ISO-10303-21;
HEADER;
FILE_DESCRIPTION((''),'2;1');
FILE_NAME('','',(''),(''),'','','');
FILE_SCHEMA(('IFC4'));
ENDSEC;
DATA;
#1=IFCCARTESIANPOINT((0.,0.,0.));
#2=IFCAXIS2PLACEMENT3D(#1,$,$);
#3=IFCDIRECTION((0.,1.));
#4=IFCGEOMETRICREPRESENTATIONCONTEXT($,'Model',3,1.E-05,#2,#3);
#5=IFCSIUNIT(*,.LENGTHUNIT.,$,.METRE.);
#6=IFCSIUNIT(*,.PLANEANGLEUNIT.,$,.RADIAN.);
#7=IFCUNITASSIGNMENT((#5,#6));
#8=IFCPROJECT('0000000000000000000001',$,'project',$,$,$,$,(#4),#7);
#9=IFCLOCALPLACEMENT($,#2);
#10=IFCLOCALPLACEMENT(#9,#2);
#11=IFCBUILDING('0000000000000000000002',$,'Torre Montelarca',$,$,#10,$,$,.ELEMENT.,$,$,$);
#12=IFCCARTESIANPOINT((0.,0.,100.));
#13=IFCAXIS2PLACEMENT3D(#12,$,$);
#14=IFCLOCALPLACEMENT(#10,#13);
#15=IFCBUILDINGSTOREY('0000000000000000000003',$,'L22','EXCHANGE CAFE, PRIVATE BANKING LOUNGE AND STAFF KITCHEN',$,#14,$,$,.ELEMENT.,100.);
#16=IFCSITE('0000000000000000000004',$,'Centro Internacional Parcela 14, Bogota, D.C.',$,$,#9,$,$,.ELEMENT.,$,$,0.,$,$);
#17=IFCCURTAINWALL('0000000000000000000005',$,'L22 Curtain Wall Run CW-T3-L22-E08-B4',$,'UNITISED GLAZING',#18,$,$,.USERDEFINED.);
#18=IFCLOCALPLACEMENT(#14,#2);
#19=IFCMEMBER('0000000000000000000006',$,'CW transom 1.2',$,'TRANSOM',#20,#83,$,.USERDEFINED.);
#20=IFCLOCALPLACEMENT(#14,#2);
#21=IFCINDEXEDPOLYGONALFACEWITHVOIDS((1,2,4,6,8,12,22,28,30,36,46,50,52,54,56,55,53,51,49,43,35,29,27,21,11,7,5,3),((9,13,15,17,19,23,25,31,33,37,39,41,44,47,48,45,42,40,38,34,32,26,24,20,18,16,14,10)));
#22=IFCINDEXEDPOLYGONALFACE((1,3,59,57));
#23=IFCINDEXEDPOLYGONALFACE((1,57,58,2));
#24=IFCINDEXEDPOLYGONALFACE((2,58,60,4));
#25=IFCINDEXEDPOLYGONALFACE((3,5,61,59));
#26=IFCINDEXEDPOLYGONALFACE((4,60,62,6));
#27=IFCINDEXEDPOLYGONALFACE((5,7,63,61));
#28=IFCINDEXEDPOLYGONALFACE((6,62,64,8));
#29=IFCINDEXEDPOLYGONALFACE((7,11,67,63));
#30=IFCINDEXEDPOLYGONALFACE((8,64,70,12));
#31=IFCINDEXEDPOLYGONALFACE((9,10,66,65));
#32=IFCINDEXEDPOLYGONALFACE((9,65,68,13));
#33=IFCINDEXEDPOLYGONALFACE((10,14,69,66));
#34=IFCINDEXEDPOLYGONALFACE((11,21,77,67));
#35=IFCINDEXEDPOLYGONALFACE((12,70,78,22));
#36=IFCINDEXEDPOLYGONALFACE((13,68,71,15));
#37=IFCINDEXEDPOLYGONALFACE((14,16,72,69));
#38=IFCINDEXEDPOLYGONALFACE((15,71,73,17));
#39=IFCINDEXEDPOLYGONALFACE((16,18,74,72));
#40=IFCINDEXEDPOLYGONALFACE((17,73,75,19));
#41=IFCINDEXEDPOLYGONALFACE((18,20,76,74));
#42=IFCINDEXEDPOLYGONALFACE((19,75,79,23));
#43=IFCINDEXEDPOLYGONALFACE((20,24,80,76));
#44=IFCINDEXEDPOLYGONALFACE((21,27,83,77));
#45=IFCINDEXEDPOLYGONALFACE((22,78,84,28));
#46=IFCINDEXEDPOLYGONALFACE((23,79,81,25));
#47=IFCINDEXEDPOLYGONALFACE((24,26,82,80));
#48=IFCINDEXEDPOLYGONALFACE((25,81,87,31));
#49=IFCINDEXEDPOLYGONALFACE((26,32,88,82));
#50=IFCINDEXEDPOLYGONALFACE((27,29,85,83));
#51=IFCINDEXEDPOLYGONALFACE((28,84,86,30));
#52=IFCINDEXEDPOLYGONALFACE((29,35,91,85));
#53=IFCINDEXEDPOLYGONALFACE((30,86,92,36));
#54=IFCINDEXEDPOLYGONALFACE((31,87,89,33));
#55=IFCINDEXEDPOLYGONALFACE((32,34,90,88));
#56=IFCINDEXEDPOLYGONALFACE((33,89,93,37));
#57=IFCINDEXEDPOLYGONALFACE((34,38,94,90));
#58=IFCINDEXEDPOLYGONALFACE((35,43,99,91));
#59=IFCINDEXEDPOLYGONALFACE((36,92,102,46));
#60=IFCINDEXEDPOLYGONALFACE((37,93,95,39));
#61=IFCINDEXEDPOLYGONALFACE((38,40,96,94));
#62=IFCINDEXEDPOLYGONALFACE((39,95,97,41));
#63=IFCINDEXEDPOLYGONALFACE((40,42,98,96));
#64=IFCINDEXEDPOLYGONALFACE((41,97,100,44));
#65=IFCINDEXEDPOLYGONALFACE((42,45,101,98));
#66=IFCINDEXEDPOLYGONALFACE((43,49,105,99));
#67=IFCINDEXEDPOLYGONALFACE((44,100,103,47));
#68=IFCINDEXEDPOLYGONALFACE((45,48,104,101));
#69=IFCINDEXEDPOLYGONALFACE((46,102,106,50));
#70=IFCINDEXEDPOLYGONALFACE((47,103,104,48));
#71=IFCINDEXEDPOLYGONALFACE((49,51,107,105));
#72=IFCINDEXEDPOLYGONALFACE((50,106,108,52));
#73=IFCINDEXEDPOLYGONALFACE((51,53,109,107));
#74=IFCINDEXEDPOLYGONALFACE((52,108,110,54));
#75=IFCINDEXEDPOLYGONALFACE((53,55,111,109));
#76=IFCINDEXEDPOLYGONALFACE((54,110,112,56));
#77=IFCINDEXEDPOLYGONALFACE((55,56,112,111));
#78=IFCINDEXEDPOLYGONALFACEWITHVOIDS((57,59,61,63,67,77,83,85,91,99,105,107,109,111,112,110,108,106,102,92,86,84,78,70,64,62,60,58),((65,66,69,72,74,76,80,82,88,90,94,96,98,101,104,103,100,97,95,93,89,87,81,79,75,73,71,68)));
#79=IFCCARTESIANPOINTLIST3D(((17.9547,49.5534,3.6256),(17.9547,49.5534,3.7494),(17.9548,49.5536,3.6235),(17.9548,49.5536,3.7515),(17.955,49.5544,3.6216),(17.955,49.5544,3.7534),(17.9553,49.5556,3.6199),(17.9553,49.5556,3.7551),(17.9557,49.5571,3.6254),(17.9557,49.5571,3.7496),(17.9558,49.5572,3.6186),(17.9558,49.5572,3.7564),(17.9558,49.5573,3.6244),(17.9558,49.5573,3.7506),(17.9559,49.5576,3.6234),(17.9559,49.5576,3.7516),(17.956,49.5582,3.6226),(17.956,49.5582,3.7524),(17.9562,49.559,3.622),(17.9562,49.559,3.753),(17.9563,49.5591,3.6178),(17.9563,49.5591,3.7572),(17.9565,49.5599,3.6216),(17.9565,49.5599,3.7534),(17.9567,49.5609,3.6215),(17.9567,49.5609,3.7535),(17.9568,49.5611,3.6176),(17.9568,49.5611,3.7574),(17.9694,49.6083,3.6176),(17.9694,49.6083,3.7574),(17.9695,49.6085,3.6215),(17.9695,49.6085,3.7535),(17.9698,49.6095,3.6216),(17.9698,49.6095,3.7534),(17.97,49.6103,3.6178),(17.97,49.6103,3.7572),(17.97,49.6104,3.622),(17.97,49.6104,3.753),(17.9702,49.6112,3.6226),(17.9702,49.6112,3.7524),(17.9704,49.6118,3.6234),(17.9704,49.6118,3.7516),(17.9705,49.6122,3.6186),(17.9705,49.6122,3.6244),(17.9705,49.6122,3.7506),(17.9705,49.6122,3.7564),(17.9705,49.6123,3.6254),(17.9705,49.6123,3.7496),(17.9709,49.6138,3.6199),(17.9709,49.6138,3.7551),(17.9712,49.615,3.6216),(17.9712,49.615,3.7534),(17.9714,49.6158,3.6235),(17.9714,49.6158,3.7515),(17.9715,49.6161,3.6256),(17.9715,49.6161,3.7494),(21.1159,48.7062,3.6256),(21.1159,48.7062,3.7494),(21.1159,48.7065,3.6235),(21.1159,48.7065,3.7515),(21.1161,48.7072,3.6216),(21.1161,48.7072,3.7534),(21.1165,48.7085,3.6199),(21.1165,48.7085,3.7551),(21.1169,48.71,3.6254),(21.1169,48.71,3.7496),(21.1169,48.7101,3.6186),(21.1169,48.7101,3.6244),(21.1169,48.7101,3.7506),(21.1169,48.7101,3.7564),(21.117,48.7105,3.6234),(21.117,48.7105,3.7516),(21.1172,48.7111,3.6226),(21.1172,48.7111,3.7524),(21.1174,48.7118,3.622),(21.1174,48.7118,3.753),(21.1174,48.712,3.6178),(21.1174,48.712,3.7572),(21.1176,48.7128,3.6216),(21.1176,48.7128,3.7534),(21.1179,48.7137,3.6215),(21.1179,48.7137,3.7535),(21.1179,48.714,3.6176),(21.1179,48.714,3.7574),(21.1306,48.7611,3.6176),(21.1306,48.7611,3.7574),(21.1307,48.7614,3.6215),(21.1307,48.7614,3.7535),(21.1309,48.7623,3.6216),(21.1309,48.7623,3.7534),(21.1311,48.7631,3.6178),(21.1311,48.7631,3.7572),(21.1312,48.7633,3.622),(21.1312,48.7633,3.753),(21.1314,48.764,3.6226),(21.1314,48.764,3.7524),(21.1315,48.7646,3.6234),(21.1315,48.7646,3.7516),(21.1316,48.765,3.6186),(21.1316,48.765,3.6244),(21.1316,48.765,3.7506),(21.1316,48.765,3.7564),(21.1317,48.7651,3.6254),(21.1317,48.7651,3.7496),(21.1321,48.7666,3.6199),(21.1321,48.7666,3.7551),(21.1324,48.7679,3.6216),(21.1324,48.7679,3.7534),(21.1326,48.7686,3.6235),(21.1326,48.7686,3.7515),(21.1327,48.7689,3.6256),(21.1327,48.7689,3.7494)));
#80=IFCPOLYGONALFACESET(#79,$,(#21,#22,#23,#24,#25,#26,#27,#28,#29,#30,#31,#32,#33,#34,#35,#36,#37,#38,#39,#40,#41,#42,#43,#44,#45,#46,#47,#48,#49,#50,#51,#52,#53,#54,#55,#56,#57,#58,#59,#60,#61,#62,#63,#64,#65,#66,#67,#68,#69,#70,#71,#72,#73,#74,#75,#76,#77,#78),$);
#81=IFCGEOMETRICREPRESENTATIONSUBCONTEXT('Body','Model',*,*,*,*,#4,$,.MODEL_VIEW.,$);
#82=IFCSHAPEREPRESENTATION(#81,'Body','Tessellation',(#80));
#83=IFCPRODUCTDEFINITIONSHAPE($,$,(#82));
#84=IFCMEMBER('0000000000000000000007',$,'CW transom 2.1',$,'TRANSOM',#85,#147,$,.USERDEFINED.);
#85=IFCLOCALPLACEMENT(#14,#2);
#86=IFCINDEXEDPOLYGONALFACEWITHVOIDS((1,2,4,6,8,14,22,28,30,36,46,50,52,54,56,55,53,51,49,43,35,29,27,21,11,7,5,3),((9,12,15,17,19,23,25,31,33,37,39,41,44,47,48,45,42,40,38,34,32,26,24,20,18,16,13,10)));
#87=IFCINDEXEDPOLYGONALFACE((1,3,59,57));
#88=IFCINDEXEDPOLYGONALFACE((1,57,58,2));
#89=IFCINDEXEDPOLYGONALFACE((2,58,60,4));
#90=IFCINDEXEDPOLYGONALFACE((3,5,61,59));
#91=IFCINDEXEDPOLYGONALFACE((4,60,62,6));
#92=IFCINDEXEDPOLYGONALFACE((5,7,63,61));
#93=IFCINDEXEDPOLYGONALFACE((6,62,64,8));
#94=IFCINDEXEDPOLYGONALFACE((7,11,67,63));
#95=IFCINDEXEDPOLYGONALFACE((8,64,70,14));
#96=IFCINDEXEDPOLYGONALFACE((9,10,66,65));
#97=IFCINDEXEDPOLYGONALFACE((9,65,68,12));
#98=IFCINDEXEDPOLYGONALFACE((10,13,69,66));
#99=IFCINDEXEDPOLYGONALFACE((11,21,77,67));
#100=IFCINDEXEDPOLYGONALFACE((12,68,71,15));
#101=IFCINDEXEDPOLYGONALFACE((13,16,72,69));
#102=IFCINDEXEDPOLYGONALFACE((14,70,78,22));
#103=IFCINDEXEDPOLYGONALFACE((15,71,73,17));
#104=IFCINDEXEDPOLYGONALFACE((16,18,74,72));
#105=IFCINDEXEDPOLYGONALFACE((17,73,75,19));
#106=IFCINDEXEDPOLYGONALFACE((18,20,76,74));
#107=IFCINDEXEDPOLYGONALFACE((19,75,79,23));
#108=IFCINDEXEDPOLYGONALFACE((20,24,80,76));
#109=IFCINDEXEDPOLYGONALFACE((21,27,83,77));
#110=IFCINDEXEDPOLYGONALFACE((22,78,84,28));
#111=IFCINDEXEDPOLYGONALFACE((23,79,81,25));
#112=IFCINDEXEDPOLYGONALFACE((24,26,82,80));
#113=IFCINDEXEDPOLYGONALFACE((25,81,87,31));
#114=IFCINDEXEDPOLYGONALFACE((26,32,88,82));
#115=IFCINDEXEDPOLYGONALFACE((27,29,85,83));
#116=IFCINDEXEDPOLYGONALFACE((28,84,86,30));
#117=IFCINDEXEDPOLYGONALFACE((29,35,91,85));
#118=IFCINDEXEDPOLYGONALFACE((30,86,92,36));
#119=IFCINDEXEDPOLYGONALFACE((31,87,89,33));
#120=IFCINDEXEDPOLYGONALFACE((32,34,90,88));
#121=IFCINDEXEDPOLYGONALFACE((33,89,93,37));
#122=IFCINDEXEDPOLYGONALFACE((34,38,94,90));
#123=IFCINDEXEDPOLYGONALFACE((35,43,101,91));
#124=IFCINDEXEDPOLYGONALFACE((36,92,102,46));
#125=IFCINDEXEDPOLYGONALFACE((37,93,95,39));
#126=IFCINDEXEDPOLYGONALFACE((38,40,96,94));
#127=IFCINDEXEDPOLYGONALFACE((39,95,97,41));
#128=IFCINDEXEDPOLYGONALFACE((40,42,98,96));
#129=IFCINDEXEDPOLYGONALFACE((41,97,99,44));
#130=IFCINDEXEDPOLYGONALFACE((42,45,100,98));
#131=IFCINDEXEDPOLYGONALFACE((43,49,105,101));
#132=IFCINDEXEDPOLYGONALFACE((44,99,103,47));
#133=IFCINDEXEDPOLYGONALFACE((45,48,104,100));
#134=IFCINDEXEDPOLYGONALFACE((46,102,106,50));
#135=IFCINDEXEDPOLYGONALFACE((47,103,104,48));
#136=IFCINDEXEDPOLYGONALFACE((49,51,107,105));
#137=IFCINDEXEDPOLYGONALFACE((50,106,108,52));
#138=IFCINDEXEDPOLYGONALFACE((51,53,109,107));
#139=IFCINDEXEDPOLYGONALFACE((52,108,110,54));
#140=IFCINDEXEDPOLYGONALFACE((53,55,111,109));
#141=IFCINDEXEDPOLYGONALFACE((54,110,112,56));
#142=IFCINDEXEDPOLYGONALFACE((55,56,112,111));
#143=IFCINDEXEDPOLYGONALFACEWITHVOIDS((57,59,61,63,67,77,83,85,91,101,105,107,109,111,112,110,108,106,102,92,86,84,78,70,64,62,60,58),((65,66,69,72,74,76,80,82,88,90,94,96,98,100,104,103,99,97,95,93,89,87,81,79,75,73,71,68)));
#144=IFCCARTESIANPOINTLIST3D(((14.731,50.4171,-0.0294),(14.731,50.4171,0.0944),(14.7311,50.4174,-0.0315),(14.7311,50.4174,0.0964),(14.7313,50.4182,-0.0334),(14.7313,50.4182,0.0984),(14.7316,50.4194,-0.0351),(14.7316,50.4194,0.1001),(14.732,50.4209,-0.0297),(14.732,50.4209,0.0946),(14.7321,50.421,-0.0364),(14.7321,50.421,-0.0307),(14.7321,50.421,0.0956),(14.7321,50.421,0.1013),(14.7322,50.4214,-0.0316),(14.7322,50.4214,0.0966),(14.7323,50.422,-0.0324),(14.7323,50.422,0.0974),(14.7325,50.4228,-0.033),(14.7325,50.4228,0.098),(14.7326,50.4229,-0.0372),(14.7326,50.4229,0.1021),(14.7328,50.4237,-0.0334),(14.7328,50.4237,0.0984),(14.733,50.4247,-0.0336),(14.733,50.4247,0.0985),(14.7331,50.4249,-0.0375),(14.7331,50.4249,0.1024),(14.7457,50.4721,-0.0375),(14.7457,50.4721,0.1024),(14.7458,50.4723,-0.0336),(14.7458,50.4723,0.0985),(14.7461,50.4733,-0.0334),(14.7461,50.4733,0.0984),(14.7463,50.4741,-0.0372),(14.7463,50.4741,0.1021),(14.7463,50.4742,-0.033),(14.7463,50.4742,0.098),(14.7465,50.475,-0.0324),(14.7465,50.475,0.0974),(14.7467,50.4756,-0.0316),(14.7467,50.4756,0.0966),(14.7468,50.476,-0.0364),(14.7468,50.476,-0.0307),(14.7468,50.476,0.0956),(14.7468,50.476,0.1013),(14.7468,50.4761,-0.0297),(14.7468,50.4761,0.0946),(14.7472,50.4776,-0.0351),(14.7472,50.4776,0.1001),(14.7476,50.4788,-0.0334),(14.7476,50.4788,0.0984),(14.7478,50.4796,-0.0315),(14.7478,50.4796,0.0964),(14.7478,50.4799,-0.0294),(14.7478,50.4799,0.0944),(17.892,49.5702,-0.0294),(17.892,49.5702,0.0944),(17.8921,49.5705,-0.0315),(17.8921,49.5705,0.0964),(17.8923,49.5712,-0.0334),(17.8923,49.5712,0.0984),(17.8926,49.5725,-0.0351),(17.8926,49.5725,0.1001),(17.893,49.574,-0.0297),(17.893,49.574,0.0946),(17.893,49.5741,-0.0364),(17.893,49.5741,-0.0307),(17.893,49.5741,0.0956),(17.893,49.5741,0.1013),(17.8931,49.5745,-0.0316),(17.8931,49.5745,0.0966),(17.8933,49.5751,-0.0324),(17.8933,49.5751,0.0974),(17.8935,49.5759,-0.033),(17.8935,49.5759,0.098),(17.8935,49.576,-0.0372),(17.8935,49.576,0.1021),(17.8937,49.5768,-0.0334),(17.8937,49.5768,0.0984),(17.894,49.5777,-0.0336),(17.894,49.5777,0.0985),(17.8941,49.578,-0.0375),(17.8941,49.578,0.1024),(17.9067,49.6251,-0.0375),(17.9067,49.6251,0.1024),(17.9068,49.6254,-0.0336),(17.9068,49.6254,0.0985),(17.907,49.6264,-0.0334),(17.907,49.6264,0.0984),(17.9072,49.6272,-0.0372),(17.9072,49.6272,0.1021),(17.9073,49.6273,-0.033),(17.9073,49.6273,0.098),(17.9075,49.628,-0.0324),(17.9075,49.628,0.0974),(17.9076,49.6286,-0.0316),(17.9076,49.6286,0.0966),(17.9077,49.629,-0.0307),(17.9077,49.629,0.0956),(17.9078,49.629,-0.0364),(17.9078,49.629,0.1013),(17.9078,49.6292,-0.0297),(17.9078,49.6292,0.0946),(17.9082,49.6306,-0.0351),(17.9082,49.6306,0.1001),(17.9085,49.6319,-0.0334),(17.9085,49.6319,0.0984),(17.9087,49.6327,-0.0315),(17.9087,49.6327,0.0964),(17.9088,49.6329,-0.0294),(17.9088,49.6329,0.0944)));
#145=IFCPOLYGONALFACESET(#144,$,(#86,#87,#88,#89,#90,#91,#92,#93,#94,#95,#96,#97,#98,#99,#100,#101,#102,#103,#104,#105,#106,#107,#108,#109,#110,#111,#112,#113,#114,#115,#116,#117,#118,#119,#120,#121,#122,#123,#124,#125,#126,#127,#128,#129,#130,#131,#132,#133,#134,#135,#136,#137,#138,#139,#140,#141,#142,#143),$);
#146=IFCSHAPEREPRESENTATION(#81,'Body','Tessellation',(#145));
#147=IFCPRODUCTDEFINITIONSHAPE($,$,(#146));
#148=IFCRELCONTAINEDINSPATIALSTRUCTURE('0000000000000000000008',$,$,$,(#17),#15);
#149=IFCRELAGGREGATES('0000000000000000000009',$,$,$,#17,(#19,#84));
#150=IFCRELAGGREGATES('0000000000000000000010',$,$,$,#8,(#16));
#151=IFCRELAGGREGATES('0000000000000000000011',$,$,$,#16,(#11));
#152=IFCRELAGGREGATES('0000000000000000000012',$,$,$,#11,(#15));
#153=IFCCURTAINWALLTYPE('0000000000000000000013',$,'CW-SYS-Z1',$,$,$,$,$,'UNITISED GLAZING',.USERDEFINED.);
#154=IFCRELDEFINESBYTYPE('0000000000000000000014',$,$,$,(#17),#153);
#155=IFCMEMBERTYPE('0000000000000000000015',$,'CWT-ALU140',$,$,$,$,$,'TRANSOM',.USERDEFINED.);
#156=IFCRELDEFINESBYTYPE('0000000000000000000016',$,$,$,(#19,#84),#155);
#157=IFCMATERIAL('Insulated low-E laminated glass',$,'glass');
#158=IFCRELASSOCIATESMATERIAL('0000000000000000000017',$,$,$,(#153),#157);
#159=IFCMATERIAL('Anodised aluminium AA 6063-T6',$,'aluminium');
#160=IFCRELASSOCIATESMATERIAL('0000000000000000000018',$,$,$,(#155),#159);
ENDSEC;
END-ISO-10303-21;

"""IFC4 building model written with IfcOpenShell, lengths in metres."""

from ifc_helpers import new_model, si_unit, direction, frame, origin, origin_2d, place, context, subcontext, project, spatial, hollow_rectangle, extrude, source, transform, mapped, material, material_profile, profile_set, type_object, element, aggregate, save


model = new_model("IFC4")

# Units and contexts
model_context = context("Model", 3, precision=1e-05, world=origin(), true_north=direction((0.0, 1.0)))
body_context = subcontext(model_context, "Body", "Model", "MODEL_VIEW")
ifc_project = project(units=[si_unit("LENGTHUNIT", "METRE"), si_unit("PLANEANGLEUNIT", "RADIAN")], contexts=[model_context])

# Site, building, storey
site_placement = place(None, origin())
site = spatial("IfcSite", under=ifc_project, at=site_placement, Name="Centro Internacional Parcela 14, Bogota, D.C.", CompositionType="ELEMENT", RefElevation=0.0)
building_placement = place(site_placement, origin())
building = spatial("IfcBuilding", under=site, at=building_placement, Name="Torre Montelarca", CompositionType="ELEMENT")
storey_placement = place(building_placement, frame((0.0, 0.0, 100.0)))
storey = spatial("IfcBuildingStorey", under=building, at=storey_placement, Name="L22", Description="EXCHANGE CAFE, PRIVATE BANKING LOUNGE AND STAFF KITCHEN", CompositionType="ELEMENT", Elevation=100.0)

# Curtain wall, members
ifc_material_1 = material(Name="Insulated low-E laminated glass", Category="glass")
curtain_wall_type = type_object("IfcCurtainWallType", Name="CW-SYS-Z1", ElementType="UNITISED GLAZING", PredefinedType="USERDEFINED", material=ifc_material_1)
curtain_wall_1_placement = place(storey_placement, origin())
curtain_wall_1 = element("IfcCurtainWall", 1, at=curtain_wall_1_placement, inside=storey, type_object=curtain_wall_type, Name="L22 Curtain Wall Run CW-T3-L22-E08-B4", ObjectType="UNITISED GLAZING", PredefinedType="USERDEFINED")
ifc_material_2 = material(Name="Anodised aluminium AA 6063-T6", Category="aluminium")
ifc_material_profile_1 = material_profile(ifc_material_2, hollow_rectangle(XDim=0.0649, YDim=0.1399, WallThickness=0.0039, InnerFilletRadius=0.0039, OuterFilletRadius=0.0081, at=origin_2d()), Name="ALU65X140X4", Category="aluminium")
ifc_profile_set_1 = profile_set([ifc_material_profile_1], Name="Anodised aluminium AA 6063-T6")
member_type_1 = type_object("IfcMemberType", Name="CWT-ALU140", ElementType="TRANSOM", PredefinedType="USERDEFINED", material=ifc_profile_set_1)
shared_shape_1 = source(origin(), body_context, "Body", "SweptSolid", [
    extrude(hollow_rectangle(XDim=0.0649, YDim=0.1399, WallThickness=0.0039, InnerFilletRadius=0.0039, OuterFilletRadius=0.0081, at=origin_2d()), origin(), (0.0, 0.0, 1.0), 3.2727),
])
member_1_placement = place(storey_placement, frame((21.1243, 48.7375, 3.6875), z_axis=(-0.965915, 0.25886, 0.0), x_axis=(-0.25886, -0.965915, 0.0)))
member_1 = element("IfcMember", 2, at=member_1_placement, type_object=member_type_1, Name="CW transom 1.2", ObjectType="TRANSOM", PredefinedType="USERDEFINED", context=body_context, shape_type="MappedRepresentation", body=[
    mapped(shared_shape_1, transform((0.0, 0.0, 0.0), scale=1.0)),
])
shared_shape_2 = source(origin(), body_context, "Body", "SweptSolid", [
    extrude(hollow_rectangle(XDim=0.0649, YDim=0.1399, WallThickness=0.0039, InnerFilletRadius=0.0039, OuterFilletRadius=0.0081, at=origin_2d()), origin(), (0.0, 0.0, 1.0), 3.2725),
])
member_2_placement = place(storey_placement, frame((17.9004, 49.6016, 0.0325), z_axis=(-0.965928, 0.258809, 0.0), x_axis=(-0.258809, -0.965928, 0.0)))
member_2 = element("IfcMember", 3, at=member_2_placement, type_object=member_type_1, Name="CW transom 2.1", ObjectType="TRANSOM", PredefinedType="USERDEFINED", context=body_context, shape_type="MappedRepresentation", body=[
    mapped(shared_shape_2, transform((0.0, 0.0, 0.0), scale=1.0)),
])

aggregate(curtain_wall_1, [member_1, member_2])

save(model, "model.ifc")
